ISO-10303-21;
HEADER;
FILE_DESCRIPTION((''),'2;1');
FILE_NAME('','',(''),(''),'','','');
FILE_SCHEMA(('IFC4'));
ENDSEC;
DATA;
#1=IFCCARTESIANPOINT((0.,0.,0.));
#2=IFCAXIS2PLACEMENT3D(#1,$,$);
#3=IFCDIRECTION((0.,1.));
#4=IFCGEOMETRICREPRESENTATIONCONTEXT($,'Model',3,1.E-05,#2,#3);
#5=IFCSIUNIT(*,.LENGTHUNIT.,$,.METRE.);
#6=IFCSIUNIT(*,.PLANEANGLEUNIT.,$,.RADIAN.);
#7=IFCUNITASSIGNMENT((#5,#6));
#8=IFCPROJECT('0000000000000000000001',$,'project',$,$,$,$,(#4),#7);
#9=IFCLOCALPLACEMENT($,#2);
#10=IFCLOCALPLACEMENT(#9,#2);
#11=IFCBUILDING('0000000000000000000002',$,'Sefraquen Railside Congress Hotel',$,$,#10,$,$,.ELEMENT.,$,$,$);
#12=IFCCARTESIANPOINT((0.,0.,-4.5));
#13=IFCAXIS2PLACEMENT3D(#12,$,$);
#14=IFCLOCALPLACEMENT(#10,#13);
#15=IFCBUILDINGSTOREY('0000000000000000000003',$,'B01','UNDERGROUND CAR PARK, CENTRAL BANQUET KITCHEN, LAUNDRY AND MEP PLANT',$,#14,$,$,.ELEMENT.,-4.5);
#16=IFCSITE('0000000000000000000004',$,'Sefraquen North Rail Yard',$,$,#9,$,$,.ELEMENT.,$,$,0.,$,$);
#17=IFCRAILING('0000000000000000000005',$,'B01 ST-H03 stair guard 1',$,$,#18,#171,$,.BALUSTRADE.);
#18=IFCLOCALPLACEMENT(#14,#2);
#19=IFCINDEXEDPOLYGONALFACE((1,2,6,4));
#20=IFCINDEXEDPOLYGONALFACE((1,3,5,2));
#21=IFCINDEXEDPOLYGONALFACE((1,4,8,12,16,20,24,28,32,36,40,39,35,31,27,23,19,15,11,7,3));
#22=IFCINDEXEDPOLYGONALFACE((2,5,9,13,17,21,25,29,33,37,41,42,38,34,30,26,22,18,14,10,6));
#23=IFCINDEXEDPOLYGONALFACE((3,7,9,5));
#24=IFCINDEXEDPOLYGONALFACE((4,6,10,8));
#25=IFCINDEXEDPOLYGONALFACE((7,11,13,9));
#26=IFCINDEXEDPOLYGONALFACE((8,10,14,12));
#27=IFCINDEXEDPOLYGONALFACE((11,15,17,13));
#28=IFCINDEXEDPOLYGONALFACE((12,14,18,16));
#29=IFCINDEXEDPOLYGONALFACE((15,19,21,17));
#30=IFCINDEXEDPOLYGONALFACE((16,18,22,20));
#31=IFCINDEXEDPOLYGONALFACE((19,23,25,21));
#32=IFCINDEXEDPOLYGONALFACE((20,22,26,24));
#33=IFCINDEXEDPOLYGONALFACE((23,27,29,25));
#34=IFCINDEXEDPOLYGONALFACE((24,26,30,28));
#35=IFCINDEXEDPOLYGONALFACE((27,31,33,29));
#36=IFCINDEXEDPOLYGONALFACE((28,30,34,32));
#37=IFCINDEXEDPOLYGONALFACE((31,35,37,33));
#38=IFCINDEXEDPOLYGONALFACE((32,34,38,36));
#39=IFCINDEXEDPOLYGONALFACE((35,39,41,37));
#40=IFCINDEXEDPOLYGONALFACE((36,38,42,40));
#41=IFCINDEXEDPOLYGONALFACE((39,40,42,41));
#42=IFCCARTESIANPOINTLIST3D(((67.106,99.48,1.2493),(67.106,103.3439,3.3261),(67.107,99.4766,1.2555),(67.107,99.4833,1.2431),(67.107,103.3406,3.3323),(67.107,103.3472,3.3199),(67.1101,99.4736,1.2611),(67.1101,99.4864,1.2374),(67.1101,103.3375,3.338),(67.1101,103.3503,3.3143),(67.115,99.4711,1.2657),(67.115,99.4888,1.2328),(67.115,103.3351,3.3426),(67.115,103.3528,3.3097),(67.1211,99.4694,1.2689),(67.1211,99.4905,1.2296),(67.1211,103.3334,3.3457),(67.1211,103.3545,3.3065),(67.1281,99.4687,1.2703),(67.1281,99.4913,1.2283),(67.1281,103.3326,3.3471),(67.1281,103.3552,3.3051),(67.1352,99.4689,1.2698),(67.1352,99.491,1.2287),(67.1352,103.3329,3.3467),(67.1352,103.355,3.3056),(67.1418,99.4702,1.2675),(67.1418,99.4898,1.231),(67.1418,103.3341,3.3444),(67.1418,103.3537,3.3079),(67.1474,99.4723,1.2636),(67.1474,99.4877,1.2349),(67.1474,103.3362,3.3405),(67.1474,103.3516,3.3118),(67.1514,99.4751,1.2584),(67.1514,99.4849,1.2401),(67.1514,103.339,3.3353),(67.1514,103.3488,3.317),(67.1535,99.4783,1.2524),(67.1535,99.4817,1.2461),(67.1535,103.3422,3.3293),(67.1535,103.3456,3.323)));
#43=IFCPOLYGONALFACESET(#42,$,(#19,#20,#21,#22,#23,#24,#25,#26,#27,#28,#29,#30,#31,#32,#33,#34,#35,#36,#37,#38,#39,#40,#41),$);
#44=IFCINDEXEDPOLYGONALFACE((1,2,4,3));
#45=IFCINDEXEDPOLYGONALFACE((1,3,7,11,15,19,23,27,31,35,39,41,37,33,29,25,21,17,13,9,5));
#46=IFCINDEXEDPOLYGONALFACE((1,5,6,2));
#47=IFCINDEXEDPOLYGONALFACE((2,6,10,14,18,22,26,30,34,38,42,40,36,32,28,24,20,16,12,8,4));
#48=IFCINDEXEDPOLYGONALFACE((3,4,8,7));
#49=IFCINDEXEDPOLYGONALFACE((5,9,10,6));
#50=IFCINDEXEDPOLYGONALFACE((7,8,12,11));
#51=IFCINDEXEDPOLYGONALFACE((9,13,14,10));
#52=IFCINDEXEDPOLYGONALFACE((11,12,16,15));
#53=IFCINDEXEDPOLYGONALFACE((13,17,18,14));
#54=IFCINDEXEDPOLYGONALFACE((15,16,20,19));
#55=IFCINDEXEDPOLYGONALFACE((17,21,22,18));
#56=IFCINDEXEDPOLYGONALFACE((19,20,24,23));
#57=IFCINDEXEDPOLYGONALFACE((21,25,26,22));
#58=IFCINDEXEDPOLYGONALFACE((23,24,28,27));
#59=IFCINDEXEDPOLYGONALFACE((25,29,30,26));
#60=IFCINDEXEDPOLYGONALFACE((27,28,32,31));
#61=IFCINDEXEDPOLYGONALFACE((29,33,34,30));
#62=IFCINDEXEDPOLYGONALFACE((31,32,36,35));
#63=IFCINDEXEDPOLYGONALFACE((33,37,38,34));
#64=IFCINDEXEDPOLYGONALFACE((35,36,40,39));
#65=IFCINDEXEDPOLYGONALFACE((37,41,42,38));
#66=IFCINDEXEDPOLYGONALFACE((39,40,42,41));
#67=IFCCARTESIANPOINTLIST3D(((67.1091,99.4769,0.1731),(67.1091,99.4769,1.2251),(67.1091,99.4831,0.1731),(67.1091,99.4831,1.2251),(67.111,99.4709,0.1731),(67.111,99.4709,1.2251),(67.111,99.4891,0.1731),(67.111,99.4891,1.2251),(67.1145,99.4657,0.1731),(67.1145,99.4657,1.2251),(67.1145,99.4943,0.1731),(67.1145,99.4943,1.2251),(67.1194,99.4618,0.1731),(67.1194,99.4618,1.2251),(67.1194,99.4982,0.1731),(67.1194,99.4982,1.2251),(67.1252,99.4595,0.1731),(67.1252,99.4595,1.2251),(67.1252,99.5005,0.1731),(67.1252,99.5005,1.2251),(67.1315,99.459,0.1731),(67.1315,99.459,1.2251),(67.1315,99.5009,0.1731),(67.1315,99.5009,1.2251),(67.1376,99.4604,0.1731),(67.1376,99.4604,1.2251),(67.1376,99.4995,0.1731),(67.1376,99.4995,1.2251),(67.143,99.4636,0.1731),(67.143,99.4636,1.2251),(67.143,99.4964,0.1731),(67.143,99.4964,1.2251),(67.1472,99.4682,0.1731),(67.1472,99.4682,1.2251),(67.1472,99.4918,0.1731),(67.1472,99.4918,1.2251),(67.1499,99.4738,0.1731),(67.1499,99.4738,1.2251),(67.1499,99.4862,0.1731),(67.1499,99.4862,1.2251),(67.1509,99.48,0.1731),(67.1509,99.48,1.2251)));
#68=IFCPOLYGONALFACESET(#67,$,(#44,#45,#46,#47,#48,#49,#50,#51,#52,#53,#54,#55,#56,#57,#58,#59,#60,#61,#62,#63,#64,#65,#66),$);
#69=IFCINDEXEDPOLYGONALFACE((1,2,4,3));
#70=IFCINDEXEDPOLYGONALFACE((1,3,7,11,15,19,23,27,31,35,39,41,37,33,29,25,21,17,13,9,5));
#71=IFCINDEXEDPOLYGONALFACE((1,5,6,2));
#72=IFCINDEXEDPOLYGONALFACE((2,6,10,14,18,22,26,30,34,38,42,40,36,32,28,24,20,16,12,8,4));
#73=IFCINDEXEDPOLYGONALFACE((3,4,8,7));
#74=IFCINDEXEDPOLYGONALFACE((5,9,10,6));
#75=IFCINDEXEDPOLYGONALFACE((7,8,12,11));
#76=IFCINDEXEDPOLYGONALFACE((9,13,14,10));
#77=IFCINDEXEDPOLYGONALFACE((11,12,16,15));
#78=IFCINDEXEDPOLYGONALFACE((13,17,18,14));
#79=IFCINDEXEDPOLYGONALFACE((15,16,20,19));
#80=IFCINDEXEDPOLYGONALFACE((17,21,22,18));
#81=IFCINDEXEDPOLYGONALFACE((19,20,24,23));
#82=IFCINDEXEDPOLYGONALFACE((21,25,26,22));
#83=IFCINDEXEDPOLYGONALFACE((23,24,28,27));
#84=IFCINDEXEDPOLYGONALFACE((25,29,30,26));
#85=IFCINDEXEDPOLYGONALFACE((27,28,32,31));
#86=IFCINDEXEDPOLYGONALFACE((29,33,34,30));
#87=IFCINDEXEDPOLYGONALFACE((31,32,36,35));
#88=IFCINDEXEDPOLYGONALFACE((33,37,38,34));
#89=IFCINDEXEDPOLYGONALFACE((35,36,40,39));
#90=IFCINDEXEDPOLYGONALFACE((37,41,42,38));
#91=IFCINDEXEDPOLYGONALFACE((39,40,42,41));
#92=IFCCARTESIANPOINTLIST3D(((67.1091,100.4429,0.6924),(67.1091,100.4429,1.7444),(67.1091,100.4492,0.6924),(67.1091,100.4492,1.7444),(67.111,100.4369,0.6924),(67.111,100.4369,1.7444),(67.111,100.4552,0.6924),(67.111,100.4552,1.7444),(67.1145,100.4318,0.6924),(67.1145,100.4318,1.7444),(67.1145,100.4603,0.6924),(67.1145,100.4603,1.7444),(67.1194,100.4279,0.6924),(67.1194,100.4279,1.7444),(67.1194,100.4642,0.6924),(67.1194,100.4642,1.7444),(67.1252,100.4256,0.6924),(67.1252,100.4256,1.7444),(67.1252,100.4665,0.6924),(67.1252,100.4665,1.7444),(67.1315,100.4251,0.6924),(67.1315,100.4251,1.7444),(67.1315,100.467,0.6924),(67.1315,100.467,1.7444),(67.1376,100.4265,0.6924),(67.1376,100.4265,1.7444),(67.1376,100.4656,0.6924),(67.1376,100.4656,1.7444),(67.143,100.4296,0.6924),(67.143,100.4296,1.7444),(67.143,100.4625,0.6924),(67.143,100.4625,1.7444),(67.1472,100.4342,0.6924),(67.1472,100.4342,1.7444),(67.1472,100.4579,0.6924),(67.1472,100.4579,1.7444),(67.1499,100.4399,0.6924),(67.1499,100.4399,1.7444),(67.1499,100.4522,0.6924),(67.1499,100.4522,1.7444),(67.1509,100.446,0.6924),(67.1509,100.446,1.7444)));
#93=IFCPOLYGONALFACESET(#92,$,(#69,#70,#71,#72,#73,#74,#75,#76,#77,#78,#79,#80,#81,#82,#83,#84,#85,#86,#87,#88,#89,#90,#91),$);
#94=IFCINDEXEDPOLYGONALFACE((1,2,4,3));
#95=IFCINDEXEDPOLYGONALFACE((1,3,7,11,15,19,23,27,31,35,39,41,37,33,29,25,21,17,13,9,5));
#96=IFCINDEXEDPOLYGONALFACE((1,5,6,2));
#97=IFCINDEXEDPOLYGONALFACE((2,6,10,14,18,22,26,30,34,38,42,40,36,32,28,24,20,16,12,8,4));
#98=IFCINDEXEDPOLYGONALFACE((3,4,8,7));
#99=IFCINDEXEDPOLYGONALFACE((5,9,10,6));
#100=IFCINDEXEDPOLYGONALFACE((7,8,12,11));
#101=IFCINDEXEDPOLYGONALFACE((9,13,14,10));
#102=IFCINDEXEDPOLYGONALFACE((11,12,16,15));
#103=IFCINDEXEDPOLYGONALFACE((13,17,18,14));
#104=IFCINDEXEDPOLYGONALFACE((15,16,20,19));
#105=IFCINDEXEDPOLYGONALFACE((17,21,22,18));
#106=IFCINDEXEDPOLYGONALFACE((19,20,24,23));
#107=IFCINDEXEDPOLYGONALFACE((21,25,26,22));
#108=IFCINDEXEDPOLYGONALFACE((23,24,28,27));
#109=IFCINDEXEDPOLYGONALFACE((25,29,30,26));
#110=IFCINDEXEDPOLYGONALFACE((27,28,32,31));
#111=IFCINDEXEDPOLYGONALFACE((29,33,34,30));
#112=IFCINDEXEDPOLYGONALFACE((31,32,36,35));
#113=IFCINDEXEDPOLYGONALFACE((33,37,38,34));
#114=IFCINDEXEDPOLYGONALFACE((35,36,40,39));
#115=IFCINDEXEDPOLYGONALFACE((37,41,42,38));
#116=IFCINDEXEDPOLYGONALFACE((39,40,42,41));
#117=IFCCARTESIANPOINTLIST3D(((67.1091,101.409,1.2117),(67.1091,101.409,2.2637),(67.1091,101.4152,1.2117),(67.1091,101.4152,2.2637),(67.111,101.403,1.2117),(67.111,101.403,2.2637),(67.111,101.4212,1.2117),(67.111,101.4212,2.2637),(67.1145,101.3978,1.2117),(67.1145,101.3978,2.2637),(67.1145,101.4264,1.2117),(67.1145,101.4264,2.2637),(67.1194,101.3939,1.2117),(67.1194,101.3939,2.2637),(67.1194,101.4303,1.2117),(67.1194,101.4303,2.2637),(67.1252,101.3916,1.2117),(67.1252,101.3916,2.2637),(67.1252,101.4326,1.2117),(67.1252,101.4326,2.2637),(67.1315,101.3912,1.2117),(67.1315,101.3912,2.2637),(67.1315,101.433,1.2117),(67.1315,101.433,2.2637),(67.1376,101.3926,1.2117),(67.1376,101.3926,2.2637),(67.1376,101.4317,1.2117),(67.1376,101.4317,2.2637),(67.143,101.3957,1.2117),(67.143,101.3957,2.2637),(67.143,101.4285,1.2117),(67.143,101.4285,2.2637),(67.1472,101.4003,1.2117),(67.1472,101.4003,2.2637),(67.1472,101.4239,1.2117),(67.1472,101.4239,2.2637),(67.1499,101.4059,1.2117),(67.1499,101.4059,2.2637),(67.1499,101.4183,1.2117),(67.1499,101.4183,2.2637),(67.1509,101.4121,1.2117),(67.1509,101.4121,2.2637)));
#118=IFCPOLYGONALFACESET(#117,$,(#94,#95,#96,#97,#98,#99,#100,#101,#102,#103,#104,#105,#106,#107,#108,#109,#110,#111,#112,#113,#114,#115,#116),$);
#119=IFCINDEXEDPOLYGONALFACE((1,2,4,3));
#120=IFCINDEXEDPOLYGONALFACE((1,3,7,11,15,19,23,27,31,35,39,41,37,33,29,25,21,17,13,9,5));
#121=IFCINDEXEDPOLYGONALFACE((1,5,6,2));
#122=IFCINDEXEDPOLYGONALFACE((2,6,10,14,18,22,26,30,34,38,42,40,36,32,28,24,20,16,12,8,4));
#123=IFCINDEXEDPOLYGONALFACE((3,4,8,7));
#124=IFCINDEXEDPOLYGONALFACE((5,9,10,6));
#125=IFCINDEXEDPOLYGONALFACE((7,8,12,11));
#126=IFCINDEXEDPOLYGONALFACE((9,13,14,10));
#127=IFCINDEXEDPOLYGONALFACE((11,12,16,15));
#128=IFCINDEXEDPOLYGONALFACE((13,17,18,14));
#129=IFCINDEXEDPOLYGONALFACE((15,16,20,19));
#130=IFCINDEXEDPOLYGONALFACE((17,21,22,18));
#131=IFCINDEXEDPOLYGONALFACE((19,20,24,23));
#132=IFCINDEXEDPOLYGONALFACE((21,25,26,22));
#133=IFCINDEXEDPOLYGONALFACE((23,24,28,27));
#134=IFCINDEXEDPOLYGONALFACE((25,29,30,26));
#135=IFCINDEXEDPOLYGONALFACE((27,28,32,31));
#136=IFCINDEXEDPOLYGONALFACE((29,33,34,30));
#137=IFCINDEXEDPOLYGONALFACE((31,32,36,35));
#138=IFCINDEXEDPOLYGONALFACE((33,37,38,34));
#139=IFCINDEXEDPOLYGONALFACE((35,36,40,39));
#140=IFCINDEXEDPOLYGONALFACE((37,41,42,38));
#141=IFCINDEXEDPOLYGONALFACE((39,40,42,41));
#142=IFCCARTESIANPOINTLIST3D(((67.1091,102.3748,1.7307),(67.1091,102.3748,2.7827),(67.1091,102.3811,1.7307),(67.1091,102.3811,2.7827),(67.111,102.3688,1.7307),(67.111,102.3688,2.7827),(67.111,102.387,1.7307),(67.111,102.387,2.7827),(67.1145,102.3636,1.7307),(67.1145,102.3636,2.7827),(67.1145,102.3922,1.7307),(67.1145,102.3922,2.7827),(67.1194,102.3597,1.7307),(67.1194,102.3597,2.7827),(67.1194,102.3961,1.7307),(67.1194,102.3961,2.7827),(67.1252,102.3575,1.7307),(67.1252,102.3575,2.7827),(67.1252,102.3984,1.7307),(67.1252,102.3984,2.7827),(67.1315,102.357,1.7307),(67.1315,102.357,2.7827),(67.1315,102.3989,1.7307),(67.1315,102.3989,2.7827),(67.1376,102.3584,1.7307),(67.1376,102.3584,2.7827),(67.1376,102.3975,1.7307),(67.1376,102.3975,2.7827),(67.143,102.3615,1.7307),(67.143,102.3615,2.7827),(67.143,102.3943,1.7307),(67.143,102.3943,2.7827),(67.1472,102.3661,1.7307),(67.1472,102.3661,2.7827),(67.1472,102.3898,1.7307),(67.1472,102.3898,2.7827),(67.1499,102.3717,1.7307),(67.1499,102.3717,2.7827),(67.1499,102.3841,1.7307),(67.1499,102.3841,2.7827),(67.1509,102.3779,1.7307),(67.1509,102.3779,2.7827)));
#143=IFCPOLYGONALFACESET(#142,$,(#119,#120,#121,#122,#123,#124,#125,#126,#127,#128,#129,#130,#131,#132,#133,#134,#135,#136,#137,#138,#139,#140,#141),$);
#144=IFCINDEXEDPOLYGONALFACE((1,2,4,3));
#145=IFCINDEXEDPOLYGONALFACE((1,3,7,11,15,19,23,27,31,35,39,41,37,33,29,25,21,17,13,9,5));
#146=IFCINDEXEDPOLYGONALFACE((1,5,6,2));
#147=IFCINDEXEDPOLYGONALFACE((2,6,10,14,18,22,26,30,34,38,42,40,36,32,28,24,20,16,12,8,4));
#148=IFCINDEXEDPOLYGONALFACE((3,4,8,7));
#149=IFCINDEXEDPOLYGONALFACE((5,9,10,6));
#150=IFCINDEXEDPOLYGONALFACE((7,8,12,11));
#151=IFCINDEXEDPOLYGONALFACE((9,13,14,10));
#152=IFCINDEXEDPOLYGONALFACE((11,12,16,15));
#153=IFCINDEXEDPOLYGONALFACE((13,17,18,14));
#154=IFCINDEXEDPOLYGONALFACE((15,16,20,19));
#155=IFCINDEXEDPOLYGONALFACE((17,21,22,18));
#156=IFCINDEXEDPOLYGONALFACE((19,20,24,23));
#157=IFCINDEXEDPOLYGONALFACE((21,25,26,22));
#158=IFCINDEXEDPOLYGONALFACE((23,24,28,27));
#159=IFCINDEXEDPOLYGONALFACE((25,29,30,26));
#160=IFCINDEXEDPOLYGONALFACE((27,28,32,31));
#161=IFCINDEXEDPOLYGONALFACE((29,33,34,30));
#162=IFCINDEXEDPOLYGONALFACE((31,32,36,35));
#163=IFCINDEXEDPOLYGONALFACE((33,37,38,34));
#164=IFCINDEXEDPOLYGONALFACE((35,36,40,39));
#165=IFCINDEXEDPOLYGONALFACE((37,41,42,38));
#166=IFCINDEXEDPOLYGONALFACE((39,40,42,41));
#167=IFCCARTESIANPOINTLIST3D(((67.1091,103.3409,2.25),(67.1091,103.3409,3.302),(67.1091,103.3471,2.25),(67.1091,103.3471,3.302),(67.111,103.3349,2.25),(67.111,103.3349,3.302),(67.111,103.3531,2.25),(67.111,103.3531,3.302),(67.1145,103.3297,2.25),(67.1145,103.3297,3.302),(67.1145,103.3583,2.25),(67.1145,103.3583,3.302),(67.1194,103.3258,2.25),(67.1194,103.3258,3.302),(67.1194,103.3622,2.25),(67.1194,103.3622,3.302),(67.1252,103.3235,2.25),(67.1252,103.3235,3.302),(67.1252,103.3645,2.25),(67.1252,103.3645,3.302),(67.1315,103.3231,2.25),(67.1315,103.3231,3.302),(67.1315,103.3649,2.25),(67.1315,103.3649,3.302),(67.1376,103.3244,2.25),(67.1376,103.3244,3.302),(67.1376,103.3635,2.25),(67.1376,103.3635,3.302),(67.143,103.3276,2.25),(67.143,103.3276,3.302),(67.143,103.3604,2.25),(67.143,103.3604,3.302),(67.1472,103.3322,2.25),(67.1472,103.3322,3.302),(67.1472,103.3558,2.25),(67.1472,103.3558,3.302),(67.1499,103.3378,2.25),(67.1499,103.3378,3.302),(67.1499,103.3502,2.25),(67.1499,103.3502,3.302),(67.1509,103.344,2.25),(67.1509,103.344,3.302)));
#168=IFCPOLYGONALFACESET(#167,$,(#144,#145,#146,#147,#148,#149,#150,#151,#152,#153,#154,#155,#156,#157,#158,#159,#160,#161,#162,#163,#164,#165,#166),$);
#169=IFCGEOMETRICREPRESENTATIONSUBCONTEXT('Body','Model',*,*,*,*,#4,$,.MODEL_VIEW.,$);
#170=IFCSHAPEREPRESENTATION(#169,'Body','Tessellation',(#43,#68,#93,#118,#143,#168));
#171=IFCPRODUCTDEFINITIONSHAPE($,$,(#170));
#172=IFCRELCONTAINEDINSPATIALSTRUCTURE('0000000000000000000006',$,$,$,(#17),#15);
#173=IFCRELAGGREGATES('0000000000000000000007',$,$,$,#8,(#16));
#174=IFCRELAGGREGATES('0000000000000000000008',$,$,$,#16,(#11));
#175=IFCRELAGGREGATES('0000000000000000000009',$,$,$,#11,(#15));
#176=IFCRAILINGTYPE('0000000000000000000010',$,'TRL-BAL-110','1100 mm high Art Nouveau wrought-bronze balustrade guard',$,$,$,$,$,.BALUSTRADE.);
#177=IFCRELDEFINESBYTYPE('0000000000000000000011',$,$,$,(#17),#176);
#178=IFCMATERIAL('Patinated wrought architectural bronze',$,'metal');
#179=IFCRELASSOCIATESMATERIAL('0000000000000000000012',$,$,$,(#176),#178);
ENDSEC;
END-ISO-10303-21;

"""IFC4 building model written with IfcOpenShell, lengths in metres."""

from ifc_helpers import new_model, si_unit, direction, frame, origin, origin_2d, place, context, subcontext, project, spatial, circle, extrude, material, type_object, element, save


model = new_model("IFC4")

# Units and contexts
model_context = context("Model", 3, precision=1e-05, world=origin(), true_north=direction((0.0, 1.0)))
body_context = subcontext(model_context, "Body", "Model", "MODEL_VIEW")
ifc_project = project(units=[si_unit("LENGTHUNIT", "METRE"), si_unit("PLANEANGLEUNIT", "RADIAN")], contexts=[model_context])

# Site, building, storey
site_placement = place(None, origin())
site = spatial("IfcSite", under=ifc_project, at=site_placement, Name="Sefraquen North Rail Yard", CompositionType="ELEMENT", RefElevation=0.0)
building_placement = place(site_placement, origin())
building = spatial("IfcBuilding", under=site, at=building_placement, Name="Sefraquen Railside Congress Hotel", CompositionType="ELEMENT")
storey_placement = place(building_placement, frame((0.0, 0.0, -4.5)))
storey = spatial("IfcBuildingStorey", under=building, at=storey_placement, Name="B01", Description="UNDERGROUND CAR PARK, CENTRAL BANQUET KITCHEN, LAUNDRY AND MEP PLANT", CompositionType="ELEMENT", Elevation=-4.5)

# Railing
ifc_material_1 = material(Name="Patinated wrought architectural bronze", Category="metal")
railing_type = type_object("IfcRailingType", Name="TRL-BAL-110", Description="1100 mm high Art Nouveau wrought-bronze balustrade guard", PredefinedType="BALUSTRADE", material=ifc_material_1)
railing_1_placement = place(storey_placement, frame((67.1299, 99.48, 0.1731)))
element("IfcRailing", 1, at=railing_1_placement, inside=storey, type_object=railing_type, Name="B01 ST-H03 stair guard 1", PredefinedType="BALUSTRADE", context=body_context, shape_type="SweptSolid", body=[
    extrude(circle(Radius=0.0239, at=origin_2d()), frame((0.0, 0.0, 1.0762), z_axis=(0.0, 0.880825, 0.473443), x_axis=(-1.0, 0.0, 0.0)), (0.0, 0.0, 1.0), 4.3867),
    extrude(circle(Radius=0.021, at=origin_2d()), origin(), (0.0, 0.0, 1.0), 1.052),
    extrude(circle(Radius=0.021, at=origin_2d()), frame((0.0, 0.9661, 0.5193)), (0.0, 0.0, 1.0), 1.052),
    extrude(circle(Radius=0.021, at=origin_2d()), frame((0.0, 1.9321, 1.0386)), (0.0, 0.0, 1.0), 1.052),
    extrude(circle(Radius=0.021, at=origin_2d()), frame((0.0, 2.8979, 1.5576)), (0.0, 0.0, 1.0), 1.052),
    extrude(circle(Radius=0.021, at=origin_2d()), frame((0.0, 3.864, 2.0769)), (0.0, 0.0, 1.0), 1.052),
])

save(model, "model.ifc")
